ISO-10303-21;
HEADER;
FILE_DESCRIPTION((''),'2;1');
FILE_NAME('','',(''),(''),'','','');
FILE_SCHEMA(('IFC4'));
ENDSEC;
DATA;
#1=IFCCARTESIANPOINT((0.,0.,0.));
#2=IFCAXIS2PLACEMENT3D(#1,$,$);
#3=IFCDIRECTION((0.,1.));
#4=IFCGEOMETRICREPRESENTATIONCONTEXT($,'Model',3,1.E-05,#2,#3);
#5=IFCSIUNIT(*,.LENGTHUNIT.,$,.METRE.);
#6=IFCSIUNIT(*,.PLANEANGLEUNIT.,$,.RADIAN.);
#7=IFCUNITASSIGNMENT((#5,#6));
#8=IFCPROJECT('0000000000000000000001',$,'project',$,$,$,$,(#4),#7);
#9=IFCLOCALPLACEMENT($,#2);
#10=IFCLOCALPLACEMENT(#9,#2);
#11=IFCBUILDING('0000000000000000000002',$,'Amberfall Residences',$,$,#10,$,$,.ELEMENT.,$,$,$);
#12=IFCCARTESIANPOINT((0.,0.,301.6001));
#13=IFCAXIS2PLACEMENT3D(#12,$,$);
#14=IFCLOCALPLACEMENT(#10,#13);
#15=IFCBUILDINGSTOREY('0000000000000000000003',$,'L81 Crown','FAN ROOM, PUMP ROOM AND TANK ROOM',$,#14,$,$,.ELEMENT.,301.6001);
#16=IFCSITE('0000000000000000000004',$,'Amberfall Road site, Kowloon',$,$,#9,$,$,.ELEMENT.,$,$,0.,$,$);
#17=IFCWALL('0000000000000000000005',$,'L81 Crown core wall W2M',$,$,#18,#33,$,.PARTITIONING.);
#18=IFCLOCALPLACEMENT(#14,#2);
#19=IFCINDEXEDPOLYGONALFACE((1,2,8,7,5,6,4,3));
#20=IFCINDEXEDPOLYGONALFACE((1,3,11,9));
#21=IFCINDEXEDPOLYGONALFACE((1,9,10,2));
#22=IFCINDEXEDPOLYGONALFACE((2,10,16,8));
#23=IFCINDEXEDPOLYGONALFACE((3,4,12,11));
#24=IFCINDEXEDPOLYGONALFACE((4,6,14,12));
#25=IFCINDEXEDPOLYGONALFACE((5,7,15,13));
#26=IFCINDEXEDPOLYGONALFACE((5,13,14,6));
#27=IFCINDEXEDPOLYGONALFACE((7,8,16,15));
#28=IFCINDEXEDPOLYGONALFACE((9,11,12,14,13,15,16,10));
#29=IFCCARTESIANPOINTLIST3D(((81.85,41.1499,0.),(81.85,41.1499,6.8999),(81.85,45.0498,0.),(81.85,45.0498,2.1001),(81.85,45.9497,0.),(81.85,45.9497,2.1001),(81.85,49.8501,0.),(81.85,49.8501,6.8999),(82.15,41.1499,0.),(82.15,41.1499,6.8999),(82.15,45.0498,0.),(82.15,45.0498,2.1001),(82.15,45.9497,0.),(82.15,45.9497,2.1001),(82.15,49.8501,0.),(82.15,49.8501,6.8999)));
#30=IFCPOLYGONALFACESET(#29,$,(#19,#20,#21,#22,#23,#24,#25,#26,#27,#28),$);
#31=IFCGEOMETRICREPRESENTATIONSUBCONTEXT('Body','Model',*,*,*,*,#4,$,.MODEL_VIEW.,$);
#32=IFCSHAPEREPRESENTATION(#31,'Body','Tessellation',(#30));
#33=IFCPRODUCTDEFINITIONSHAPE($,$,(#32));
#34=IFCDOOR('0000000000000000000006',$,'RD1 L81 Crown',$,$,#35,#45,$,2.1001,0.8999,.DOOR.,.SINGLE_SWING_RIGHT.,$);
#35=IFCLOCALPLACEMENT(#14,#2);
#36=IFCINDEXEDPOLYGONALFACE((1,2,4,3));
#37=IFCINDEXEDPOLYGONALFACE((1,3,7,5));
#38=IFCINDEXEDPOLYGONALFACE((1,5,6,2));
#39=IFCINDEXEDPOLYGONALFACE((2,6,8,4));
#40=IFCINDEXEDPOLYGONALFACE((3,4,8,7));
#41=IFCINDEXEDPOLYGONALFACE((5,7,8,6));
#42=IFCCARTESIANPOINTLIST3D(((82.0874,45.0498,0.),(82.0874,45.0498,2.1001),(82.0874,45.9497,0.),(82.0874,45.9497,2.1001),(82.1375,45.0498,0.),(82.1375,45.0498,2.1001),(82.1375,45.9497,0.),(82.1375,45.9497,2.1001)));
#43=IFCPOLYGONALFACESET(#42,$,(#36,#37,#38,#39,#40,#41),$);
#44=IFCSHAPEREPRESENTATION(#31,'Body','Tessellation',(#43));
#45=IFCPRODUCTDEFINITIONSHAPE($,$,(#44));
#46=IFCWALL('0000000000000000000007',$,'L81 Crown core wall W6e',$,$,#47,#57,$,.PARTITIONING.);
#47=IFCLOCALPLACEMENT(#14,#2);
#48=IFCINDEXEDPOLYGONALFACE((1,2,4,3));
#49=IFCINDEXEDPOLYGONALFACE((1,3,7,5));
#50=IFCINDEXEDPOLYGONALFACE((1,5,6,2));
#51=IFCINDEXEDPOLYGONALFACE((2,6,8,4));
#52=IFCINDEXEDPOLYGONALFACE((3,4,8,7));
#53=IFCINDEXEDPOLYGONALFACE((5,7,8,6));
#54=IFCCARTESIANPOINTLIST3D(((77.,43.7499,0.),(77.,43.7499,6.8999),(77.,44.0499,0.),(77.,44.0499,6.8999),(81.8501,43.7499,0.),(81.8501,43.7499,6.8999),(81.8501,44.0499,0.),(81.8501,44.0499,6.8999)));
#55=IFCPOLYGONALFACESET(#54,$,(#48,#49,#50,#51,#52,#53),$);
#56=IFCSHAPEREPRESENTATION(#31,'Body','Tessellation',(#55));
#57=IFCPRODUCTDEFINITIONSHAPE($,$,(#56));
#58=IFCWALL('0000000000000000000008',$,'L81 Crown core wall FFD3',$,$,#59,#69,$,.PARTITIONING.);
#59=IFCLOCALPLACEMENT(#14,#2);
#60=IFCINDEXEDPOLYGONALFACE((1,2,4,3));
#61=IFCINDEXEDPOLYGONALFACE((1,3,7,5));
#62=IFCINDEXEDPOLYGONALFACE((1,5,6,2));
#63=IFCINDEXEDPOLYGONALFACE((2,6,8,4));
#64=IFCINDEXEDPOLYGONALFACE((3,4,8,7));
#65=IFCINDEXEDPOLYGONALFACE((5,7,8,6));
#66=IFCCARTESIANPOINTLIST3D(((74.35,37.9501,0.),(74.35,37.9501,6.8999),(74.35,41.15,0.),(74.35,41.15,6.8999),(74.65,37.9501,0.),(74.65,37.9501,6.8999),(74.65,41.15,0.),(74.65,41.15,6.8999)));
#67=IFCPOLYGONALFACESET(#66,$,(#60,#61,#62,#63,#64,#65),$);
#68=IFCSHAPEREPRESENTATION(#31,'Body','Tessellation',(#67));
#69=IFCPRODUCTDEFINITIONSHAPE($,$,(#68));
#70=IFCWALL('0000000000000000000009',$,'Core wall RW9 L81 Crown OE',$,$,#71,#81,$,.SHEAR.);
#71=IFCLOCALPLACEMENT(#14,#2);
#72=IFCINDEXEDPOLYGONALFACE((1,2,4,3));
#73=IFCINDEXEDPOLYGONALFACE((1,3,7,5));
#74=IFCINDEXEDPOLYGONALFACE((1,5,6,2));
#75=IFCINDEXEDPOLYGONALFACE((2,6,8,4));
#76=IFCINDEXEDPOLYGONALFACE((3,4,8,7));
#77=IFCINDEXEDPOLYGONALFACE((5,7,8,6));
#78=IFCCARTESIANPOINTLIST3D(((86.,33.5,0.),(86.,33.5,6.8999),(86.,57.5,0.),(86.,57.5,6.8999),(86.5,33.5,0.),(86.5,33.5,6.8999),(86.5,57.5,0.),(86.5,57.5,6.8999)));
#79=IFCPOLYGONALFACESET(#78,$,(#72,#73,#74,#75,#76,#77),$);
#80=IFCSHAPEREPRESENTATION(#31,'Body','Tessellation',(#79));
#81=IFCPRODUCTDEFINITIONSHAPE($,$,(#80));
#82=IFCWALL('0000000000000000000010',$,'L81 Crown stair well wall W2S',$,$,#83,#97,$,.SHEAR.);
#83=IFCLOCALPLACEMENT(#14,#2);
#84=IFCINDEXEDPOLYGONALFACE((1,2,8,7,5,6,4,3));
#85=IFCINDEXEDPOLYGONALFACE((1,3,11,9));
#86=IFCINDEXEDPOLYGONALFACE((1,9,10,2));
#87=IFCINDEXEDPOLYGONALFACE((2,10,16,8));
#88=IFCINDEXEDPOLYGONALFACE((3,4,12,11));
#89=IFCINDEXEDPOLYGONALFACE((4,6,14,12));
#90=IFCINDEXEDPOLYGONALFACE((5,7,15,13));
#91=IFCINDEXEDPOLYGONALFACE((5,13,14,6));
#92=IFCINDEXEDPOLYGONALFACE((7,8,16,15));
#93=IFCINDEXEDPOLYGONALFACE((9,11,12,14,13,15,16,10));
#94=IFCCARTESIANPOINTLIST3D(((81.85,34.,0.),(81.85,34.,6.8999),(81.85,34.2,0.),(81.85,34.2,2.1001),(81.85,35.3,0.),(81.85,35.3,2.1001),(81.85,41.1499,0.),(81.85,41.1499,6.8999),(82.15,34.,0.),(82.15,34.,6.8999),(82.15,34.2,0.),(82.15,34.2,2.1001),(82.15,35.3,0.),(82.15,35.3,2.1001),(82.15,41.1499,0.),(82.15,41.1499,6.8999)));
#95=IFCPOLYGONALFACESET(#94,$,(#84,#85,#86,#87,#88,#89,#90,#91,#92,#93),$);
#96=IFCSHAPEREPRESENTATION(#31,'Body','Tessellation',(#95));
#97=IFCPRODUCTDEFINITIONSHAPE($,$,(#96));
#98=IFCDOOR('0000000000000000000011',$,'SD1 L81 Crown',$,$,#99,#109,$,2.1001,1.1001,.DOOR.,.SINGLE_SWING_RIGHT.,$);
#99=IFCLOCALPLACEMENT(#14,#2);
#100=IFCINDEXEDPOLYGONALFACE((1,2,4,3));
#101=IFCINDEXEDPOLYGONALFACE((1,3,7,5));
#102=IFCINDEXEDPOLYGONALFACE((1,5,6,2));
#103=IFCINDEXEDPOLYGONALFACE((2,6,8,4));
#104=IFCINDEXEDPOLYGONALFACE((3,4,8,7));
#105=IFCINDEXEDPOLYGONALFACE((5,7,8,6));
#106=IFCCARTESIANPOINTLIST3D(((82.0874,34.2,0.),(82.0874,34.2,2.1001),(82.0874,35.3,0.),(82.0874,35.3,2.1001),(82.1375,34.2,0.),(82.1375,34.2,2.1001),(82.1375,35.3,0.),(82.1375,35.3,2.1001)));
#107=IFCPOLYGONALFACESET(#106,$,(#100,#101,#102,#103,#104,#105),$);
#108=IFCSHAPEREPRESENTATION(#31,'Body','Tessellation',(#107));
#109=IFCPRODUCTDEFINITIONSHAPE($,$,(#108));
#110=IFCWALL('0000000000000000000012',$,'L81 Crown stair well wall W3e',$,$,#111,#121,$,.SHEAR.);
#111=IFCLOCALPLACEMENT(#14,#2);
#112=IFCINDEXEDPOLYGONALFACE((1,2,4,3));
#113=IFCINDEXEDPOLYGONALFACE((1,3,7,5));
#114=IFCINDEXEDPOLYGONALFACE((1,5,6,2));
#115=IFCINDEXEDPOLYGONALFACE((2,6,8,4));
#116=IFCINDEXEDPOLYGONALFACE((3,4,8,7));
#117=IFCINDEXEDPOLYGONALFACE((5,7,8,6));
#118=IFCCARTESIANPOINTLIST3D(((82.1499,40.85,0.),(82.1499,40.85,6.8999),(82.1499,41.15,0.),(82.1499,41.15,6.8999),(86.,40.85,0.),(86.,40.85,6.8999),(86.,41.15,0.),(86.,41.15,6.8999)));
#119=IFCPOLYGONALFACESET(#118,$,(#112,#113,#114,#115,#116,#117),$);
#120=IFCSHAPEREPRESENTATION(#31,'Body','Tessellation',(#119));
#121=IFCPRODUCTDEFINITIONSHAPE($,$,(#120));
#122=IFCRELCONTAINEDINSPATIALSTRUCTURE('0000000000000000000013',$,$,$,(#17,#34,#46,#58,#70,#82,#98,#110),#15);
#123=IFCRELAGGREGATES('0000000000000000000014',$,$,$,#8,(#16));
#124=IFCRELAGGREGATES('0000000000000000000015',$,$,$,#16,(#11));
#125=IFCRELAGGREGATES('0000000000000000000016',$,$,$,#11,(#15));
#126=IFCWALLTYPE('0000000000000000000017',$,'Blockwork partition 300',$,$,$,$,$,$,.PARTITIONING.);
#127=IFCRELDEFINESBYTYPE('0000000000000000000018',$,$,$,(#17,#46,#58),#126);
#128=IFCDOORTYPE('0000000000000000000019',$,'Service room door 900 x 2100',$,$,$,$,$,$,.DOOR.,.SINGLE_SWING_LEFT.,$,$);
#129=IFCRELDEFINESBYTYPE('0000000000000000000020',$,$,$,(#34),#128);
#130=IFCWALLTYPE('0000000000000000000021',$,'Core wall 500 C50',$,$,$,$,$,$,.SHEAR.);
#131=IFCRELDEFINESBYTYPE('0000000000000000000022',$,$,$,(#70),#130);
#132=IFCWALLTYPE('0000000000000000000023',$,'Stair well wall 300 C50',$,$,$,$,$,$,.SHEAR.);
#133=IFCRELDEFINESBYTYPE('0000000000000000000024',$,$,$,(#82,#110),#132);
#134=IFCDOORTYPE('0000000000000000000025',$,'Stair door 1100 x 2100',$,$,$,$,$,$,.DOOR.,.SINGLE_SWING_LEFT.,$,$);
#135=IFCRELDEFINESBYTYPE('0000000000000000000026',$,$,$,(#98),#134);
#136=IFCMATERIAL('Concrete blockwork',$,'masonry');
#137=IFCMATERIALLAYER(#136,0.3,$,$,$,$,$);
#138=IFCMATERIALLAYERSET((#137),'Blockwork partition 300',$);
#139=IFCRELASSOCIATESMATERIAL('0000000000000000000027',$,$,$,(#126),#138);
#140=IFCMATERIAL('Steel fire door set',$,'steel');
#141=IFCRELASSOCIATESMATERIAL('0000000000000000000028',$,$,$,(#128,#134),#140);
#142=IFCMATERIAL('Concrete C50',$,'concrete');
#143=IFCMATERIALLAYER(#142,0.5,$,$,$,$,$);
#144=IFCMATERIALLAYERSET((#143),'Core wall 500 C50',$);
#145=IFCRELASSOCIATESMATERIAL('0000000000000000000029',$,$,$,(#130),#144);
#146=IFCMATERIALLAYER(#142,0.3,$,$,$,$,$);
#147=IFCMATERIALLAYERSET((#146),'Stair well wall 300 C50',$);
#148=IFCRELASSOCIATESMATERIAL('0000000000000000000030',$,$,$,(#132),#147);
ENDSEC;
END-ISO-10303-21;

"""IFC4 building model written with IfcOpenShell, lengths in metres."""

from ifc_helpers import new_model, si_unit, direction, frame, frame_2d, origin, place, context, subcontext, project, spatial, rectangle, extrude, material, layer, layer_set, type_object, element, fill, save


model = new_model("IFC4")

# Units and contexts
model_context = context("Model", 3, precision=1e-05, world=origin(), true_north=direction((0.0, 1.0)))
body_context = subcontext(model_context, "Body", "Model", "MODEL_VIEW")
ifc_project = project(units=[si_unit("LENGTHUNIT", "METRE"), si_unit("PLANEANGLEUNIT", "RADIAN")], contexts=[model_context])

# Site, building, storey
site_placement = place(None, origin())
site = spatial("IfcSite", under=ifc_project, at=site_placement, Name="Amberfall Road site, Kowloon", CompositionType="ELEMENT", RefElevation=0.0)
building_placement = place(site_placement, origin())
building = spatial("IfcBuilding", under=site, at=building_placement, Name="Amberfall Residences", CompositionType="ELEMENT")
storey_placement = place(building_placement, frame((0.0, 0.0, 301.6001)))
storey = spatial("IfcBuildingStorey", under=building, at=storey_placement, Name="L81 Crown", Description="FAN ROOM, PUMP ROOM AND TANK ROOM", CompositionType="ELEMENT", Elevation=301.6001)

# Wall, opening, door
ifc_material_1 = material(Name="Concrete blockwork", Category="masonry")
ifc_layer_1 = layer(ifc_material_1, 0.3)
ifc_layer_set_1 = layer_set([ifc_layer_1], Name="Blockwork partition 300")
wall_type_1 = type_object("IfcWallType", Name="Blockwork partition 300", PredefinedType="PARTITIONING", material=ifc_layer_set_1)
wall_1_placement = place(storey_placement, frame((82.0, 41.1499, 0.0), z_axis=(0.0, 0.0, 1.0), x_axis=(0.0, 1.0, 0.0)))
wall_1 = element("IfcWall", 1, at=wall_1_placement, inside=storey, type_object=wall_type_1, Name="L81 Crown core wall W2M", PredefinedType="PARTITIONING", context=body_context, shape_type="SweptSolid", body=[
    extrude(rectangle(XDim=8.7002, YDim=0.3, at=frame_2d((4.3501, 0.0))), origin(), (0.0, 0.0, 1.0), 6.8999),
])
opening_1_placement = place(wall_1_placement, frame((3.8999, 0.0, 0.0)))
opening_1 = element("IfcOpeningElement", 2, at=opening_1_placement, cuts=wall_1, PredefinedType="OPENING", context=body_context, shape_type="SweptSolid", body=[
    extrude(rectangle(XDim=0.8999, YDim=2.1001, at=frame_2d((0.45, 1.05))), frame((0.0, 0.1599, 0.0), z_axis=(0.0, -1.0, 0.0), x_axis=(1.0, 0.0, 0.0)), (0.0, 0.0, 1.0), 0.3201),
])
ifc_material_2 = material(Name="Steel fire door set", Category="steel")
door_type_1 = type_object("IfcDoorType", Name="Service room door 900 x 2100", OperationType="SINGLE_SWING_LEFT", PredefinedType="DOOR", material=ifc_material_2)
door_1_placement = place(opening_1_placement, origin())
door_1 = element("IfcDoor", 3, at=door_1_placement, inside=storey, type_object=door_type_1, Name="RD1 L81 Crown", OperationType="SINGLE_SWING_RIGHT", OverallHeight=2.1001, OverallWidth=0.8999, PredefinedType="DOOR", context=body_context, shape_type="SweptSolid", body=[
    extrude(rectangle(XDim=0.8999, YDim=2.1001, at=frame_2d((0.45, 1.05))), frame((0.0, -0.0874, 0.0), z_axis=(0.0, -1.0, 0.0), x_axis=(1.0, 0.0, 0.0)), (0.0, 0.0, 1.0), 0.05),
])
fill(opening_1, door_1)

# Walls
wall_2_placement = place(storey_placement, frame((77.0, 43.8999, 0.0), z_axis=(0.0, 0.0, 1.0), x_axis=(1.0, 0.0, 0.0)))
element("IfcWall", 4, at=wall_2_placement, inside=storey, type_object=wall_type_1, Name="L81 Crown core wall W6e", PredefinedType="PARTITIONING", context=body_context, shape_type="SweptSolid", body=[
    extrude(rectangle(XDim=4.8501, YDim=0.3, at=frame_2d((2.425, 0.0))), origin(), (0.0, 0.0, 1.0), 6.8999),
])
wall_3_placement = place(storey_placement, frame((74.5, 37.95, 0.0), z_axis=(0.0, 0.0, 1.0), x_axis=(0.0, 1.0, 0.0)))
element("IfcWall", 5, at=wall_3_placement, inside=storey, type_object=wall_type_1, Name="L81 Crown core wall FFD3", PredefinedType="PARTITIONING", context=body_context, shape_type="SweptSolid", body=[
    extrude(rectangle(XDim=3.2, YDim=0.3, at=frame_2d((1.6001, 0.0))), origin(), (0.0, 0.0, 1.0), 6.8999),
])
ifc_material_3 = material(Name="Concrete C50", Category="concrete")
ifc_layer_2 = layer(ifc_material_3, 0.5)
ifc_layer_set_2 = layer_set([ifc_layer_2], Name="Core wall 500 C50")
wall_type_2 = type_object("IfcWallType", Name="Core wall 500 C50", PredefinedType="SHEAR", material=ifc_layer_set_2)
wall_4_placement = place(storey_placement, frame((86.25, 33.5, 0.0), z_axis=(0.0, 0.0, 1.0), x_axis=(0.0, 1.0, 0.0)))
element("IfcWall", 6, at=wall_4_placement, inside=storey, type_object=wall_type_2, Name="Core wall RW9 L81 Crown OE", PredefinedType="SHEAR", context=body_context, shape_type="SweptSolid", body=[
    extrude(rectangle(XDim=24.0, YDim=0.5, at=frame_2d((12.0, 0.0))), origin(), (0.0, 0.0, 1.0), 6.8999),
])

# Wall, opening, door
ifc_layer_3 = layer(ifc_material_3, 0.3)
ifc_layer_set_3 = layer_set([ifc_layer_3], Name="Stair well wall 300 C50")
wall_type_3 = type_object("IfcWallType", Name="Stair well wall 300 C50", PredefinedType="SHEAR", material=ifc_layer_set_3)
wall_5_placement = place(storey_placement, frame((82.0, 34.0, 0.0), z_axis=(0.0, 0.0, 1.0), x_axis=(0.0, 1.0, 0.0)))
wall_5 = element("IfcWall", 7, at=wall_5_placement, inside=storey, type_object=wall_type_3, Name="L81 Crown stair well wall W2S", PredefinedType="SHEAR", context=body_context, shape_type="SweptSolid", body=[
    extrude(rectangle(XDim=7.1499, YDim=0.3, at=frame_2d((3.575, 0.0))), origin(), (0.0, 0.0, 1.0), 6.8999),
])
opening_2_placement = place(wall_5_placement, frame((0.2, 0.0, 0.0)))
opening_2 = element("IfcOpeningElement", 8, at=opening_2_placement, cuts=wall_5, PredefinedType="OPENING", context=body_context, shape_type="SweptSolid", body=[
    extrude(rectangle(XDim=1.1001, YDim=2.1001, at=frame_2d((0.55, 1.05))), frame((0.0, 0.1599, 0.0), z_axis=(0.0, -1.0, 0.0), x_axis=(1.0, 0.0, 0.0)), (0.0, 0.0, 1.0), 0.3201),
])
door_type_2 = type_object("IfcDoorType", Name="Stair door 1100 x 2100", OperationType="SINGLE_SWING_LEFT", PredefinedType="DOOR", material=ifc_material_2)
door_2_placement = place(opening_2_placement, origin())
door_2 = element("IfcDoor", 9, at=door_2_placement, inside=storey, type_object=door_type_2, Name="SD1 L81 Crown", OperationType="SINGLE_SWING_RIGHT", OverallHeight=2.1001, OverallWidth=1.1001, PredefinedType="DOOR", context=body_context, shape_type="SweptSolid", body=[
    extrude(rectangle(XDim=1.1001, YDim=2.1001, at=frame_2d((0.55, 1.05))), frame((0.0, -0.0874, 0.0), z_axis=(0.0, -1.0, 0.0), x_axis=(1.0, 0.0, 0.0)), (0.0, 0.0, 1.0), 0.05),
])
fill(opening_2, door_2)

# Wall
wall_6_placement = place(storey_placement, frame((82.1499, 41.0, 0.0), z_axis=(0.0, 0.0, 1.0), x_axis=(1.0, 0.0, 0.0)))
element("IfcWall", 10, at=wall_6_placement, inside=storey, type_object=wall_type_3, Name="L81 Crown stair well wall W3e", PredefinedType="SHEAR", context=body_context, shape_type="SweptSolid", body=[
    extrude(rectangle(XDim=3.8501, YDim=0.3, at=frame_2d((1.925, 0.0))), origin(), (0.0, 0.0, 1.0), 6.8999),
])

save(model, "model.ifc")
